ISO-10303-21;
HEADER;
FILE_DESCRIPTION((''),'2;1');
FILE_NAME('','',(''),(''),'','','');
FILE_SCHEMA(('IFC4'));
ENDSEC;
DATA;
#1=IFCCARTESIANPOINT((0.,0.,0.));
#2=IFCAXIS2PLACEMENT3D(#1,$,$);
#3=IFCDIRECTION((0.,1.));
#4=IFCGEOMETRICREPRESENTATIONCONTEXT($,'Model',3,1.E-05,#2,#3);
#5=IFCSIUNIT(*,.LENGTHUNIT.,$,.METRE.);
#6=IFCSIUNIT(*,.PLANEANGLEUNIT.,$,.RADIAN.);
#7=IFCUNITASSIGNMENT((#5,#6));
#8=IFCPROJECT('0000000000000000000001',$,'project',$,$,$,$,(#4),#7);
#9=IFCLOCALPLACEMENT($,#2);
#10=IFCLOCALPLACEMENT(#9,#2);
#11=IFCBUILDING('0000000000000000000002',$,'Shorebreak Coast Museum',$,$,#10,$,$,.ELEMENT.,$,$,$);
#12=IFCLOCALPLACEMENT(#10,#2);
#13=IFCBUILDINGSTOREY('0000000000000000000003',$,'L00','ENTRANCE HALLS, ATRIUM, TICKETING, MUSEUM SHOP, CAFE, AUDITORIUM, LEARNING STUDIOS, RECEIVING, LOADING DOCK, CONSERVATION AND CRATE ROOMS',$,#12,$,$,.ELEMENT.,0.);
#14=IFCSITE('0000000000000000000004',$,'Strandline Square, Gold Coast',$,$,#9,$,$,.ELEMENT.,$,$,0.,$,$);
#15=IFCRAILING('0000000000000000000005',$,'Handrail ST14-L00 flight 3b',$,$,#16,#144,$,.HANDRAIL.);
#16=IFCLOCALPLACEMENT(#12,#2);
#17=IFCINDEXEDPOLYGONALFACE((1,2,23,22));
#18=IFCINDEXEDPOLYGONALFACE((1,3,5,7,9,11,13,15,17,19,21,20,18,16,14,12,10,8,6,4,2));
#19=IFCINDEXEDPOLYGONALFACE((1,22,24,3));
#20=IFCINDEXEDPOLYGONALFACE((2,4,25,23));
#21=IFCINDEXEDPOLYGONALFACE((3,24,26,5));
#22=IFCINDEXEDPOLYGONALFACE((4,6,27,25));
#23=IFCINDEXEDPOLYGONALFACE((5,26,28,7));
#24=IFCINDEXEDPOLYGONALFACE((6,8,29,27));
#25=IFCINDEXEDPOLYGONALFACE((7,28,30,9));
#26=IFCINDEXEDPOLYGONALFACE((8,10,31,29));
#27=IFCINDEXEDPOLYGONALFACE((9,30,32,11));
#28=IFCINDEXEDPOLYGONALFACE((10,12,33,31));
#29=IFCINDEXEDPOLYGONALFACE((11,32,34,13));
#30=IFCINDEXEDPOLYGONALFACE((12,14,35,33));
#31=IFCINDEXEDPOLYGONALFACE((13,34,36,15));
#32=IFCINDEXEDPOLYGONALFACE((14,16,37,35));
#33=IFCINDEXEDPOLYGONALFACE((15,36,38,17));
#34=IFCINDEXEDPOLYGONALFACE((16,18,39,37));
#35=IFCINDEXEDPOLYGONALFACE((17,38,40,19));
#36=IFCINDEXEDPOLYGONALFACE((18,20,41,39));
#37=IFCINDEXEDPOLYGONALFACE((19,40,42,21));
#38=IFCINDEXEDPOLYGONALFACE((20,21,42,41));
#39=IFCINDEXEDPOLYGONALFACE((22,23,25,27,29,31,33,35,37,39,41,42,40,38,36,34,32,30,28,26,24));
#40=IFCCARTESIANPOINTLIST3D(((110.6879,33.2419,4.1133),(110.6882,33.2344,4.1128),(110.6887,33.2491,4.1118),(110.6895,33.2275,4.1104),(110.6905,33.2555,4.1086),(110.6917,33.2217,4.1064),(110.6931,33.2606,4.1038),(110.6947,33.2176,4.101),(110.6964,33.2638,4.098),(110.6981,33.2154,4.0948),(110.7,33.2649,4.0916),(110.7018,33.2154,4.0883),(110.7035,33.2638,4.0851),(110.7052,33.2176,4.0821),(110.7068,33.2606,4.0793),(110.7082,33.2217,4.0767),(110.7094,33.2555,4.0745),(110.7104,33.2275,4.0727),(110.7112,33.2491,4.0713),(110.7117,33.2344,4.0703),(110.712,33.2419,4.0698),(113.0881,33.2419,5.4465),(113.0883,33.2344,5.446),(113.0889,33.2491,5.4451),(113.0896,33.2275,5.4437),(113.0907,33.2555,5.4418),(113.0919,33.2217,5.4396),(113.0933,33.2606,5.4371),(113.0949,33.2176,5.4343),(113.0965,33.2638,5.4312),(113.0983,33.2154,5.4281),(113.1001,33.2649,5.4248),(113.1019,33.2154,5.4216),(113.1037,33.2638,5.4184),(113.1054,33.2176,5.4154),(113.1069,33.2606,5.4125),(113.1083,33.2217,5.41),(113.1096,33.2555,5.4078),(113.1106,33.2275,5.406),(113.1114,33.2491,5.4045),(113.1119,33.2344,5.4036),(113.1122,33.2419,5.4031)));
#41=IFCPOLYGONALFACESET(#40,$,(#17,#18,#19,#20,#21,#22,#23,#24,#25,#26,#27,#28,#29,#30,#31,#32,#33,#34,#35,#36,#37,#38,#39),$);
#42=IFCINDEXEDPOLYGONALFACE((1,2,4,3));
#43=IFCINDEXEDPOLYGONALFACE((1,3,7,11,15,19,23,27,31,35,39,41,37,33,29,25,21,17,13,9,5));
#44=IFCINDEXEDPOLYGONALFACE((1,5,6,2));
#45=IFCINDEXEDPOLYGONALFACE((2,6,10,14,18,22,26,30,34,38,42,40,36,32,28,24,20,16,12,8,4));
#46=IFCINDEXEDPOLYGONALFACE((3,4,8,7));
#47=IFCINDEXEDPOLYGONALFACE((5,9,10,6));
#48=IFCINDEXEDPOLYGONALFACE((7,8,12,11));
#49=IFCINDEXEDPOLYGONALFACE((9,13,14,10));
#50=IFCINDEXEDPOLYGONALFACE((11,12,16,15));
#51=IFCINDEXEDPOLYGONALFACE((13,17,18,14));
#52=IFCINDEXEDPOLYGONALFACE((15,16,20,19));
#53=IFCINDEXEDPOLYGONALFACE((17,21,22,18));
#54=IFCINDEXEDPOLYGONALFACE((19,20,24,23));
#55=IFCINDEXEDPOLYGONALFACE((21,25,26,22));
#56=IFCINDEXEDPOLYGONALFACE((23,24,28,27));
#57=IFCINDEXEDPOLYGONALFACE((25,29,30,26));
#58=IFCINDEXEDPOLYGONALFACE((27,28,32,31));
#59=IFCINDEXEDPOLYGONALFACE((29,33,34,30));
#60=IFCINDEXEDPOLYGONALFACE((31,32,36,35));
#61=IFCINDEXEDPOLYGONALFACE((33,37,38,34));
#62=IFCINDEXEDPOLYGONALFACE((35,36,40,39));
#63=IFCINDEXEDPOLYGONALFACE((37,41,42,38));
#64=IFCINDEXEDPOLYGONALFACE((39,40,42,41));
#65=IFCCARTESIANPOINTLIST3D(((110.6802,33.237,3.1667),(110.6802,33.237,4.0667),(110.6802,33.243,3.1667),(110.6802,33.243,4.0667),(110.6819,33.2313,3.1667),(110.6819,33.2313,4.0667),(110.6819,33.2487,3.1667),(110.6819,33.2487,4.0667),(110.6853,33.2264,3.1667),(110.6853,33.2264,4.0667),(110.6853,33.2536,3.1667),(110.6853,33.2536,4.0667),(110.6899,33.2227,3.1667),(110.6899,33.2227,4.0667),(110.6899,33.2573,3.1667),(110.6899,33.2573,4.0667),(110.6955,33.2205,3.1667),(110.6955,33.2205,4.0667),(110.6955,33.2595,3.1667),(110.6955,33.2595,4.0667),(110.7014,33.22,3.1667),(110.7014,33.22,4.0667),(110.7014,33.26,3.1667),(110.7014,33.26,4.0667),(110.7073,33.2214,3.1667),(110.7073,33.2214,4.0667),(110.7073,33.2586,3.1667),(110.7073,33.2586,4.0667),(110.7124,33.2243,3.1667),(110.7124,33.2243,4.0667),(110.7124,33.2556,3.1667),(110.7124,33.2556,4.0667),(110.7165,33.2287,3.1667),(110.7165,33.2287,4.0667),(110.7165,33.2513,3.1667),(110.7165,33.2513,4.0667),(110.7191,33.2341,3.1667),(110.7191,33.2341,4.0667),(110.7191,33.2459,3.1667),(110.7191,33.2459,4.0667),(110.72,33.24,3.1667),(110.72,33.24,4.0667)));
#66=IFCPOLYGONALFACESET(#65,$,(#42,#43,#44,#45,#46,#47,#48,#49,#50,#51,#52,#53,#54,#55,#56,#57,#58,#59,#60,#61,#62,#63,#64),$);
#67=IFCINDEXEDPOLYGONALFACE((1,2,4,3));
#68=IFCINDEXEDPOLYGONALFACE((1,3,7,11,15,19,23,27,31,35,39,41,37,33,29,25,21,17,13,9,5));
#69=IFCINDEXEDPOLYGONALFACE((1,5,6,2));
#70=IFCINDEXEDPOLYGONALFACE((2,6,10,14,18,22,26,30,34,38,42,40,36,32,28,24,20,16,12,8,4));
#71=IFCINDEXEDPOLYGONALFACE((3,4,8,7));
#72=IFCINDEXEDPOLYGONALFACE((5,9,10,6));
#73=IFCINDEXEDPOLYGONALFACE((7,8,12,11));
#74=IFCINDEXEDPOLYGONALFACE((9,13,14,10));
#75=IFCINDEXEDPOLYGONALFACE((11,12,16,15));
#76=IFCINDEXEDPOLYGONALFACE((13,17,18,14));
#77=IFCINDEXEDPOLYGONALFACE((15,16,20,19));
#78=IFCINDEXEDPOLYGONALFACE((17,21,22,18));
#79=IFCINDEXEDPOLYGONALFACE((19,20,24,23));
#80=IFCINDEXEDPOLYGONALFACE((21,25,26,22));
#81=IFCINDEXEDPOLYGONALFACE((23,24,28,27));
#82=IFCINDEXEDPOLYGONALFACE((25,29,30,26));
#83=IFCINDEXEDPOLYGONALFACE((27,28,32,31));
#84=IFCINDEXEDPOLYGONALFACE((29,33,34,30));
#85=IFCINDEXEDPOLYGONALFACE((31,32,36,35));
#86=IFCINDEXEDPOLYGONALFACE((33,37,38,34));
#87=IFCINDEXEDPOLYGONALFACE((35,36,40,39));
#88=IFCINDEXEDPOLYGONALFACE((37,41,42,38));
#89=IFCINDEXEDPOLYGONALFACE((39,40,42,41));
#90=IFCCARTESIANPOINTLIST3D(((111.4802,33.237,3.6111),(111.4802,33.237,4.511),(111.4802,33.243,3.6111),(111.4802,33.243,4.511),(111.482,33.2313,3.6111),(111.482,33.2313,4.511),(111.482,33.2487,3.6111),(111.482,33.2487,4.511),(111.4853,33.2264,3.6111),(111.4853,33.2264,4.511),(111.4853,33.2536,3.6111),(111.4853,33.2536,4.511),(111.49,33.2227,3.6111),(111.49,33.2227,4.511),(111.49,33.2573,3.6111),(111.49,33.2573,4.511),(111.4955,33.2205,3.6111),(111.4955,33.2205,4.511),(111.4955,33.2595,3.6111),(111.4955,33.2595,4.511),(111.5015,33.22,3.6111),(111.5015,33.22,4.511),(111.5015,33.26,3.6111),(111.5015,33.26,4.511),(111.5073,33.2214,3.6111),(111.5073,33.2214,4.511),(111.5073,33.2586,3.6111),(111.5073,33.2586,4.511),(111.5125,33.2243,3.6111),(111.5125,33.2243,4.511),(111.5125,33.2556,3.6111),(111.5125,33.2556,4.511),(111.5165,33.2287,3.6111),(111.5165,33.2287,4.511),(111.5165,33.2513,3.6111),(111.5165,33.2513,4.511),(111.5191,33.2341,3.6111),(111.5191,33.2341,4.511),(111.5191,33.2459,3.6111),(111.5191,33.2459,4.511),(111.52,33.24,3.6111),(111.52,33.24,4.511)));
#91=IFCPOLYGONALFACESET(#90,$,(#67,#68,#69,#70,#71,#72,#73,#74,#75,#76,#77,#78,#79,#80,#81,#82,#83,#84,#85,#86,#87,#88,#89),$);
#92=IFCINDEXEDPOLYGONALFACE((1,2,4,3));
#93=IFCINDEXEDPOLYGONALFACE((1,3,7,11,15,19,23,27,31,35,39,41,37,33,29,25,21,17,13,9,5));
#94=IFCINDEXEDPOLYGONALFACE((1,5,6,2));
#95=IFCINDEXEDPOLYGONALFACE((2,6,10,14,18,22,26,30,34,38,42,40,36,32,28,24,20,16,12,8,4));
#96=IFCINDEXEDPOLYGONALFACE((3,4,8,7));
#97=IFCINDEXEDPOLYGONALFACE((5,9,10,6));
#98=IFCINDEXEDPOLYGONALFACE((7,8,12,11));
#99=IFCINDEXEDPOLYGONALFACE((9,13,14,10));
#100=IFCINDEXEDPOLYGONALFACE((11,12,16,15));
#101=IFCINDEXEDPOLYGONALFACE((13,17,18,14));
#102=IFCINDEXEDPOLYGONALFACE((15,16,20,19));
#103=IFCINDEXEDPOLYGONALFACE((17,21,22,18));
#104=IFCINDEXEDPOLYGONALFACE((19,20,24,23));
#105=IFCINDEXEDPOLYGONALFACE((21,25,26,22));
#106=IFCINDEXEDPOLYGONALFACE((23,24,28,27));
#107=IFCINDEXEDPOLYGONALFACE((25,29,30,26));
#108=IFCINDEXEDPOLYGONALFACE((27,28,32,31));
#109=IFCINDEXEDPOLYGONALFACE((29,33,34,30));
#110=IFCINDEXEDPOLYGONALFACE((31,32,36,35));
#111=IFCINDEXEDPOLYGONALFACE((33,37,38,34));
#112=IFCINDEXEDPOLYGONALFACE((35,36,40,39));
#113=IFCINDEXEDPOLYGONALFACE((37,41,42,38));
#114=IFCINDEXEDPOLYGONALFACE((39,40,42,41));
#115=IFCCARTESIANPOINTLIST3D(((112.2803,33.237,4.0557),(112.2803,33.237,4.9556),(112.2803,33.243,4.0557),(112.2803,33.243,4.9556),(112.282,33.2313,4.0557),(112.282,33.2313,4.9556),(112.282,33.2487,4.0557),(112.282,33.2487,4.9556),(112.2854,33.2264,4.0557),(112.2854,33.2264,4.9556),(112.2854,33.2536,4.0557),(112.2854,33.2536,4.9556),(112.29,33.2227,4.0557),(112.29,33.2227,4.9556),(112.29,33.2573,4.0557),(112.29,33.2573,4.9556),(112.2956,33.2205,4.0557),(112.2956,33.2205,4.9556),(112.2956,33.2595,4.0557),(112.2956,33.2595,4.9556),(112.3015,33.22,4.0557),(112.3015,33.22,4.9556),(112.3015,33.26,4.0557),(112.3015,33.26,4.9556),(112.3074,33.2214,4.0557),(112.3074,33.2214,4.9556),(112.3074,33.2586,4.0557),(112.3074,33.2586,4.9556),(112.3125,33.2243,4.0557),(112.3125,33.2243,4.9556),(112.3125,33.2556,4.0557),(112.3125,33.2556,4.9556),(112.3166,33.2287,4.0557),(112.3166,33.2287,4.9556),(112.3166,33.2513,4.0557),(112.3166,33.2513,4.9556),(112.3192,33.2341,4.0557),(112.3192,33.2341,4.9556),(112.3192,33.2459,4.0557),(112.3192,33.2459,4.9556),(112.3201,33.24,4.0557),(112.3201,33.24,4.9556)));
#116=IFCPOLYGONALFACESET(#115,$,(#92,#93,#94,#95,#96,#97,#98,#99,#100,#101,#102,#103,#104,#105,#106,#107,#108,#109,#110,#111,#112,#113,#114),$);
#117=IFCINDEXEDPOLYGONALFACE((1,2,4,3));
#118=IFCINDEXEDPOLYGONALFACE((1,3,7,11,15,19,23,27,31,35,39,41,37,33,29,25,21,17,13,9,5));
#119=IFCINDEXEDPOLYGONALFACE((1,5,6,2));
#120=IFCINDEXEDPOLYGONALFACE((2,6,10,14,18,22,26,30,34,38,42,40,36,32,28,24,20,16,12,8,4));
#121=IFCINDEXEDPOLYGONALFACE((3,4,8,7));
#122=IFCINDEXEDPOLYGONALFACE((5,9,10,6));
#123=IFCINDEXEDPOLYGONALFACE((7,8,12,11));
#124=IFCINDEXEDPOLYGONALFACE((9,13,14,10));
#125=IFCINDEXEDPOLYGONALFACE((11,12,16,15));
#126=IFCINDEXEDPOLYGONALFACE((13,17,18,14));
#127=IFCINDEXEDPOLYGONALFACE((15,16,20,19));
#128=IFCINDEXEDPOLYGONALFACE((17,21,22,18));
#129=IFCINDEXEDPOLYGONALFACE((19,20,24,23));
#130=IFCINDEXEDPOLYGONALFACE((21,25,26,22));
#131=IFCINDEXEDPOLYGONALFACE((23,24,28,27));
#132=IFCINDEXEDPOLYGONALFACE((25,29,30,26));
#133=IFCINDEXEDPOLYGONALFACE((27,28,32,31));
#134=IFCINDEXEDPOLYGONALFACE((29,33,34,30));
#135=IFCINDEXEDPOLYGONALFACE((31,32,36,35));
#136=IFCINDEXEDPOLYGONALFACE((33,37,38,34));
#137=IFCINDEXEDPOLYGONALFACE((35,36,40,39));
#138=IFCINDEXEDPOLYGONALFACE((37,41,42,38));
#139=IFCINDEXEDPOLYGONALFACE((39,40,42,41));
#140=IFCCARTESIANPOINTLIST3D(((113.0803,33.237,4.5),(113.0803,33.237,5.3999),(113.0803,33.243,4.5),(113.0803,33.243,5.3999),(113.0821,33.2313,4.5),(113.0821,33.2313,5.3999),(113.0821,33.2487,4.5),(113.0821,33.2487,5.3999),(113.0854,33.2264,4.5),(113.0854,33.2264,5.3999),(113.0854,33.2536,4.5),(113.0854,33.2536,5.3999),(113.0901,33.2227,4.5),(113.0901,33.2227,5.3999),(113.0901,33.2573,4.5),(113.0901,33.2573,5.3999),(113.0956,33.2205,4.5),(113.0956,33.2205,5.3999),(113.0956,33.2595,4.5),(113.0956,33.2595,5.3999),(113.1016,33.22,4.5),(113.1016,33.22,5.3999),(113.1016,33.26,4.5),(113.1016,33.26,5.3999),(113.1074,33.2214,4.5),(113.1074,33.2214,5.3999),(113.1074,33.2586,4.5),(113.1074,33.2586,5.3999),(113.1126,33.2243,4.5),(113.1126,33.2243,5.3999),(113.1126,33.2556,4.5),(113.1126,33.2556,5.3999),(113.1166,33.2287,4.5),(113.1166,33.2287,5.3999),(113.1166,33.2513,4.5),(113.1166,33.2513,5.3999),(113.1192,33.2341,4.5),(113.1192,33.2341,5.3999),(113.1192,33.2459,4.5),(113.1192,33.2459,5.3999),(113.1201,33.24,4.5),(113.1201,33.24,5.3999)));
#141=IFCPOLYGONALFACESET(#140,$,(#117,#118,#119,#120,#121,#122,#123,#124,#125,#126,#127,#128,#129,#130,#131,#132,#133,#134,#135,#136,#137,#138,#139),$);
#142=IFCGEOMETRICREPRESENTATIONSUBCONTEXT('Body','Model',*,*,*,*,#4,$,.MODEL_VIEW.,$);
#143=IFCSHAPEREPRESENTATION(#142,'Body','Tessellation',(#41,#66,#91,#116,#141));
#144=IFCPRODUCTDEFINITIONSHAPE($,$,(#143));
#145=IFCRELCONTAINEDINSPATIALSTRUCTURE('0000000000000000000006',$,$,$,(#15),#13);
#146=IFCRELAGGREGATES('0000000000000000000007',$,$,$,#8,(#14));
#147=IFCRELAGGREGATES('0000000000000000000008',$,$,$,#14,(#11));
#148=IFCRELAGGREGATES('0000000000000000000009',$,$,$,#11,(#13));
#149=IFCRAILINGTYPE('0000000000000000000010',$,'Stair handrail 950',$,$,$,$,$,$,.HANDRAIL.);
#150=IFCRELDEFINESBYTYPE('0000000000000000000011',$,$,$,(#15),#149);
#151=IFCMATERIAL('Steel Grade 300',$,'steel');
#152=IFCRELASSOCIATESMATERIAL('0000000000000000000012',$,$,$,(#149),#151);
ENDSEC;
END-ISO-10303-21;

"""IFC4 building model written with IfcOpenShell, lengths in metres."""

from ifc_helpers import new_model, si_unit, direction, frame, origin, origin_2d, place, context, subcontext, project, spatial, circle, extrude, material, type_object, element, save


model = new_model("IFC4")

# Units and contexts
model_context = context("Model", 3, precision=1e-05, world=origin(), true_north=direction((0.0, 1.0)))
body_context = subcontext(model_context, "Body", "Model", "MODEL_VIEW")
ifc_project = project(units=[si_unit("LENGTHUNIT", "METRE"), si_unit("PLANEANGLEUNIT", "RADIAN")], contexts=[model_context])

# Site, building, storey
site_placement = place(None, origin())
site = spatial("IfcSite", under=ifc_project, at=site_placement, Name="Strandline Square, Gold Coast", CompositionType="ELEMENT", RefElevation=0.0)
building_placement = place(site_placement, origin())
building = spatial("IfcBuilding", under=site, at=building_placement, Name="Shorebreak Coast Museum", CompositionType="ELEMENT")
storey_placement = place(building_placement, origin())
storey = spatial("IfcBuildingStorey", under=building, at=storey_placement, Name="L00", Description="ENTRANCE HALLS, ATRIUM, TICKETING, MUSEUM SHOP, CAFE, AUDITORIUM, LEARNING STUDIOS, RECEIVING, LOADING DOCK, CONSERVATION AND CRATE ROOMS", CompositionType="ELEMENT", Elevation=0.0)

# Railing
ifc_material_1 = material(Name="Steel Grade 300", Category="steel")
railing_type_1 = type_object("IfcRailingType", Name="Stair handrail 950", PredefinedType="HANDRAIL", material=ifc_material_1)
for number, where, name in (
    (1, (110.7, 33.24, 3.1667), "Handrail ST14-L00 flight 3b"),
):
    element("IfcRailing", number, at=place(storey_placement, frame(where)), inside=storey, type_object=railing_type_1, Name=name, PredefinedType="HANDRAIL", context=body_context, shape_type="SweptSolid", body=[
        extrude(circle(Radius=0.0249, at=origin_2d()), frame((0.0, 0.0, 0.9248), z_axis=(0.874182, 0.0, 0.485598), x_axis=(0.0, 1.0, 0.0)), (0.0, 0.0, 1.0), 2.7456),
        extrude(circle(Radius=0.02, at=origin_2d()), origin(), (0.0, 0.0, 1.0), 0.8999),
        extrude(circle(Radius=0.02, at=origin_2d()), frame((0.8, 0.0, 0.4443)), (0.0, 0.0, 1.0), 0.8999),
        extrude(circle(Radius=0.02, at=origin_2d()), frame((1.6001, 0.0, 0.8889)), (0.0, 0.0, 1.0), 0.8999),
        extrude(circle(Radius=0.02, at=origin_2d()), frame((2.4001, 0.0, 1.3333)), (0.0, 0.0, 1.0), 0.8999),
    ])

save(model, "model.ifc")
